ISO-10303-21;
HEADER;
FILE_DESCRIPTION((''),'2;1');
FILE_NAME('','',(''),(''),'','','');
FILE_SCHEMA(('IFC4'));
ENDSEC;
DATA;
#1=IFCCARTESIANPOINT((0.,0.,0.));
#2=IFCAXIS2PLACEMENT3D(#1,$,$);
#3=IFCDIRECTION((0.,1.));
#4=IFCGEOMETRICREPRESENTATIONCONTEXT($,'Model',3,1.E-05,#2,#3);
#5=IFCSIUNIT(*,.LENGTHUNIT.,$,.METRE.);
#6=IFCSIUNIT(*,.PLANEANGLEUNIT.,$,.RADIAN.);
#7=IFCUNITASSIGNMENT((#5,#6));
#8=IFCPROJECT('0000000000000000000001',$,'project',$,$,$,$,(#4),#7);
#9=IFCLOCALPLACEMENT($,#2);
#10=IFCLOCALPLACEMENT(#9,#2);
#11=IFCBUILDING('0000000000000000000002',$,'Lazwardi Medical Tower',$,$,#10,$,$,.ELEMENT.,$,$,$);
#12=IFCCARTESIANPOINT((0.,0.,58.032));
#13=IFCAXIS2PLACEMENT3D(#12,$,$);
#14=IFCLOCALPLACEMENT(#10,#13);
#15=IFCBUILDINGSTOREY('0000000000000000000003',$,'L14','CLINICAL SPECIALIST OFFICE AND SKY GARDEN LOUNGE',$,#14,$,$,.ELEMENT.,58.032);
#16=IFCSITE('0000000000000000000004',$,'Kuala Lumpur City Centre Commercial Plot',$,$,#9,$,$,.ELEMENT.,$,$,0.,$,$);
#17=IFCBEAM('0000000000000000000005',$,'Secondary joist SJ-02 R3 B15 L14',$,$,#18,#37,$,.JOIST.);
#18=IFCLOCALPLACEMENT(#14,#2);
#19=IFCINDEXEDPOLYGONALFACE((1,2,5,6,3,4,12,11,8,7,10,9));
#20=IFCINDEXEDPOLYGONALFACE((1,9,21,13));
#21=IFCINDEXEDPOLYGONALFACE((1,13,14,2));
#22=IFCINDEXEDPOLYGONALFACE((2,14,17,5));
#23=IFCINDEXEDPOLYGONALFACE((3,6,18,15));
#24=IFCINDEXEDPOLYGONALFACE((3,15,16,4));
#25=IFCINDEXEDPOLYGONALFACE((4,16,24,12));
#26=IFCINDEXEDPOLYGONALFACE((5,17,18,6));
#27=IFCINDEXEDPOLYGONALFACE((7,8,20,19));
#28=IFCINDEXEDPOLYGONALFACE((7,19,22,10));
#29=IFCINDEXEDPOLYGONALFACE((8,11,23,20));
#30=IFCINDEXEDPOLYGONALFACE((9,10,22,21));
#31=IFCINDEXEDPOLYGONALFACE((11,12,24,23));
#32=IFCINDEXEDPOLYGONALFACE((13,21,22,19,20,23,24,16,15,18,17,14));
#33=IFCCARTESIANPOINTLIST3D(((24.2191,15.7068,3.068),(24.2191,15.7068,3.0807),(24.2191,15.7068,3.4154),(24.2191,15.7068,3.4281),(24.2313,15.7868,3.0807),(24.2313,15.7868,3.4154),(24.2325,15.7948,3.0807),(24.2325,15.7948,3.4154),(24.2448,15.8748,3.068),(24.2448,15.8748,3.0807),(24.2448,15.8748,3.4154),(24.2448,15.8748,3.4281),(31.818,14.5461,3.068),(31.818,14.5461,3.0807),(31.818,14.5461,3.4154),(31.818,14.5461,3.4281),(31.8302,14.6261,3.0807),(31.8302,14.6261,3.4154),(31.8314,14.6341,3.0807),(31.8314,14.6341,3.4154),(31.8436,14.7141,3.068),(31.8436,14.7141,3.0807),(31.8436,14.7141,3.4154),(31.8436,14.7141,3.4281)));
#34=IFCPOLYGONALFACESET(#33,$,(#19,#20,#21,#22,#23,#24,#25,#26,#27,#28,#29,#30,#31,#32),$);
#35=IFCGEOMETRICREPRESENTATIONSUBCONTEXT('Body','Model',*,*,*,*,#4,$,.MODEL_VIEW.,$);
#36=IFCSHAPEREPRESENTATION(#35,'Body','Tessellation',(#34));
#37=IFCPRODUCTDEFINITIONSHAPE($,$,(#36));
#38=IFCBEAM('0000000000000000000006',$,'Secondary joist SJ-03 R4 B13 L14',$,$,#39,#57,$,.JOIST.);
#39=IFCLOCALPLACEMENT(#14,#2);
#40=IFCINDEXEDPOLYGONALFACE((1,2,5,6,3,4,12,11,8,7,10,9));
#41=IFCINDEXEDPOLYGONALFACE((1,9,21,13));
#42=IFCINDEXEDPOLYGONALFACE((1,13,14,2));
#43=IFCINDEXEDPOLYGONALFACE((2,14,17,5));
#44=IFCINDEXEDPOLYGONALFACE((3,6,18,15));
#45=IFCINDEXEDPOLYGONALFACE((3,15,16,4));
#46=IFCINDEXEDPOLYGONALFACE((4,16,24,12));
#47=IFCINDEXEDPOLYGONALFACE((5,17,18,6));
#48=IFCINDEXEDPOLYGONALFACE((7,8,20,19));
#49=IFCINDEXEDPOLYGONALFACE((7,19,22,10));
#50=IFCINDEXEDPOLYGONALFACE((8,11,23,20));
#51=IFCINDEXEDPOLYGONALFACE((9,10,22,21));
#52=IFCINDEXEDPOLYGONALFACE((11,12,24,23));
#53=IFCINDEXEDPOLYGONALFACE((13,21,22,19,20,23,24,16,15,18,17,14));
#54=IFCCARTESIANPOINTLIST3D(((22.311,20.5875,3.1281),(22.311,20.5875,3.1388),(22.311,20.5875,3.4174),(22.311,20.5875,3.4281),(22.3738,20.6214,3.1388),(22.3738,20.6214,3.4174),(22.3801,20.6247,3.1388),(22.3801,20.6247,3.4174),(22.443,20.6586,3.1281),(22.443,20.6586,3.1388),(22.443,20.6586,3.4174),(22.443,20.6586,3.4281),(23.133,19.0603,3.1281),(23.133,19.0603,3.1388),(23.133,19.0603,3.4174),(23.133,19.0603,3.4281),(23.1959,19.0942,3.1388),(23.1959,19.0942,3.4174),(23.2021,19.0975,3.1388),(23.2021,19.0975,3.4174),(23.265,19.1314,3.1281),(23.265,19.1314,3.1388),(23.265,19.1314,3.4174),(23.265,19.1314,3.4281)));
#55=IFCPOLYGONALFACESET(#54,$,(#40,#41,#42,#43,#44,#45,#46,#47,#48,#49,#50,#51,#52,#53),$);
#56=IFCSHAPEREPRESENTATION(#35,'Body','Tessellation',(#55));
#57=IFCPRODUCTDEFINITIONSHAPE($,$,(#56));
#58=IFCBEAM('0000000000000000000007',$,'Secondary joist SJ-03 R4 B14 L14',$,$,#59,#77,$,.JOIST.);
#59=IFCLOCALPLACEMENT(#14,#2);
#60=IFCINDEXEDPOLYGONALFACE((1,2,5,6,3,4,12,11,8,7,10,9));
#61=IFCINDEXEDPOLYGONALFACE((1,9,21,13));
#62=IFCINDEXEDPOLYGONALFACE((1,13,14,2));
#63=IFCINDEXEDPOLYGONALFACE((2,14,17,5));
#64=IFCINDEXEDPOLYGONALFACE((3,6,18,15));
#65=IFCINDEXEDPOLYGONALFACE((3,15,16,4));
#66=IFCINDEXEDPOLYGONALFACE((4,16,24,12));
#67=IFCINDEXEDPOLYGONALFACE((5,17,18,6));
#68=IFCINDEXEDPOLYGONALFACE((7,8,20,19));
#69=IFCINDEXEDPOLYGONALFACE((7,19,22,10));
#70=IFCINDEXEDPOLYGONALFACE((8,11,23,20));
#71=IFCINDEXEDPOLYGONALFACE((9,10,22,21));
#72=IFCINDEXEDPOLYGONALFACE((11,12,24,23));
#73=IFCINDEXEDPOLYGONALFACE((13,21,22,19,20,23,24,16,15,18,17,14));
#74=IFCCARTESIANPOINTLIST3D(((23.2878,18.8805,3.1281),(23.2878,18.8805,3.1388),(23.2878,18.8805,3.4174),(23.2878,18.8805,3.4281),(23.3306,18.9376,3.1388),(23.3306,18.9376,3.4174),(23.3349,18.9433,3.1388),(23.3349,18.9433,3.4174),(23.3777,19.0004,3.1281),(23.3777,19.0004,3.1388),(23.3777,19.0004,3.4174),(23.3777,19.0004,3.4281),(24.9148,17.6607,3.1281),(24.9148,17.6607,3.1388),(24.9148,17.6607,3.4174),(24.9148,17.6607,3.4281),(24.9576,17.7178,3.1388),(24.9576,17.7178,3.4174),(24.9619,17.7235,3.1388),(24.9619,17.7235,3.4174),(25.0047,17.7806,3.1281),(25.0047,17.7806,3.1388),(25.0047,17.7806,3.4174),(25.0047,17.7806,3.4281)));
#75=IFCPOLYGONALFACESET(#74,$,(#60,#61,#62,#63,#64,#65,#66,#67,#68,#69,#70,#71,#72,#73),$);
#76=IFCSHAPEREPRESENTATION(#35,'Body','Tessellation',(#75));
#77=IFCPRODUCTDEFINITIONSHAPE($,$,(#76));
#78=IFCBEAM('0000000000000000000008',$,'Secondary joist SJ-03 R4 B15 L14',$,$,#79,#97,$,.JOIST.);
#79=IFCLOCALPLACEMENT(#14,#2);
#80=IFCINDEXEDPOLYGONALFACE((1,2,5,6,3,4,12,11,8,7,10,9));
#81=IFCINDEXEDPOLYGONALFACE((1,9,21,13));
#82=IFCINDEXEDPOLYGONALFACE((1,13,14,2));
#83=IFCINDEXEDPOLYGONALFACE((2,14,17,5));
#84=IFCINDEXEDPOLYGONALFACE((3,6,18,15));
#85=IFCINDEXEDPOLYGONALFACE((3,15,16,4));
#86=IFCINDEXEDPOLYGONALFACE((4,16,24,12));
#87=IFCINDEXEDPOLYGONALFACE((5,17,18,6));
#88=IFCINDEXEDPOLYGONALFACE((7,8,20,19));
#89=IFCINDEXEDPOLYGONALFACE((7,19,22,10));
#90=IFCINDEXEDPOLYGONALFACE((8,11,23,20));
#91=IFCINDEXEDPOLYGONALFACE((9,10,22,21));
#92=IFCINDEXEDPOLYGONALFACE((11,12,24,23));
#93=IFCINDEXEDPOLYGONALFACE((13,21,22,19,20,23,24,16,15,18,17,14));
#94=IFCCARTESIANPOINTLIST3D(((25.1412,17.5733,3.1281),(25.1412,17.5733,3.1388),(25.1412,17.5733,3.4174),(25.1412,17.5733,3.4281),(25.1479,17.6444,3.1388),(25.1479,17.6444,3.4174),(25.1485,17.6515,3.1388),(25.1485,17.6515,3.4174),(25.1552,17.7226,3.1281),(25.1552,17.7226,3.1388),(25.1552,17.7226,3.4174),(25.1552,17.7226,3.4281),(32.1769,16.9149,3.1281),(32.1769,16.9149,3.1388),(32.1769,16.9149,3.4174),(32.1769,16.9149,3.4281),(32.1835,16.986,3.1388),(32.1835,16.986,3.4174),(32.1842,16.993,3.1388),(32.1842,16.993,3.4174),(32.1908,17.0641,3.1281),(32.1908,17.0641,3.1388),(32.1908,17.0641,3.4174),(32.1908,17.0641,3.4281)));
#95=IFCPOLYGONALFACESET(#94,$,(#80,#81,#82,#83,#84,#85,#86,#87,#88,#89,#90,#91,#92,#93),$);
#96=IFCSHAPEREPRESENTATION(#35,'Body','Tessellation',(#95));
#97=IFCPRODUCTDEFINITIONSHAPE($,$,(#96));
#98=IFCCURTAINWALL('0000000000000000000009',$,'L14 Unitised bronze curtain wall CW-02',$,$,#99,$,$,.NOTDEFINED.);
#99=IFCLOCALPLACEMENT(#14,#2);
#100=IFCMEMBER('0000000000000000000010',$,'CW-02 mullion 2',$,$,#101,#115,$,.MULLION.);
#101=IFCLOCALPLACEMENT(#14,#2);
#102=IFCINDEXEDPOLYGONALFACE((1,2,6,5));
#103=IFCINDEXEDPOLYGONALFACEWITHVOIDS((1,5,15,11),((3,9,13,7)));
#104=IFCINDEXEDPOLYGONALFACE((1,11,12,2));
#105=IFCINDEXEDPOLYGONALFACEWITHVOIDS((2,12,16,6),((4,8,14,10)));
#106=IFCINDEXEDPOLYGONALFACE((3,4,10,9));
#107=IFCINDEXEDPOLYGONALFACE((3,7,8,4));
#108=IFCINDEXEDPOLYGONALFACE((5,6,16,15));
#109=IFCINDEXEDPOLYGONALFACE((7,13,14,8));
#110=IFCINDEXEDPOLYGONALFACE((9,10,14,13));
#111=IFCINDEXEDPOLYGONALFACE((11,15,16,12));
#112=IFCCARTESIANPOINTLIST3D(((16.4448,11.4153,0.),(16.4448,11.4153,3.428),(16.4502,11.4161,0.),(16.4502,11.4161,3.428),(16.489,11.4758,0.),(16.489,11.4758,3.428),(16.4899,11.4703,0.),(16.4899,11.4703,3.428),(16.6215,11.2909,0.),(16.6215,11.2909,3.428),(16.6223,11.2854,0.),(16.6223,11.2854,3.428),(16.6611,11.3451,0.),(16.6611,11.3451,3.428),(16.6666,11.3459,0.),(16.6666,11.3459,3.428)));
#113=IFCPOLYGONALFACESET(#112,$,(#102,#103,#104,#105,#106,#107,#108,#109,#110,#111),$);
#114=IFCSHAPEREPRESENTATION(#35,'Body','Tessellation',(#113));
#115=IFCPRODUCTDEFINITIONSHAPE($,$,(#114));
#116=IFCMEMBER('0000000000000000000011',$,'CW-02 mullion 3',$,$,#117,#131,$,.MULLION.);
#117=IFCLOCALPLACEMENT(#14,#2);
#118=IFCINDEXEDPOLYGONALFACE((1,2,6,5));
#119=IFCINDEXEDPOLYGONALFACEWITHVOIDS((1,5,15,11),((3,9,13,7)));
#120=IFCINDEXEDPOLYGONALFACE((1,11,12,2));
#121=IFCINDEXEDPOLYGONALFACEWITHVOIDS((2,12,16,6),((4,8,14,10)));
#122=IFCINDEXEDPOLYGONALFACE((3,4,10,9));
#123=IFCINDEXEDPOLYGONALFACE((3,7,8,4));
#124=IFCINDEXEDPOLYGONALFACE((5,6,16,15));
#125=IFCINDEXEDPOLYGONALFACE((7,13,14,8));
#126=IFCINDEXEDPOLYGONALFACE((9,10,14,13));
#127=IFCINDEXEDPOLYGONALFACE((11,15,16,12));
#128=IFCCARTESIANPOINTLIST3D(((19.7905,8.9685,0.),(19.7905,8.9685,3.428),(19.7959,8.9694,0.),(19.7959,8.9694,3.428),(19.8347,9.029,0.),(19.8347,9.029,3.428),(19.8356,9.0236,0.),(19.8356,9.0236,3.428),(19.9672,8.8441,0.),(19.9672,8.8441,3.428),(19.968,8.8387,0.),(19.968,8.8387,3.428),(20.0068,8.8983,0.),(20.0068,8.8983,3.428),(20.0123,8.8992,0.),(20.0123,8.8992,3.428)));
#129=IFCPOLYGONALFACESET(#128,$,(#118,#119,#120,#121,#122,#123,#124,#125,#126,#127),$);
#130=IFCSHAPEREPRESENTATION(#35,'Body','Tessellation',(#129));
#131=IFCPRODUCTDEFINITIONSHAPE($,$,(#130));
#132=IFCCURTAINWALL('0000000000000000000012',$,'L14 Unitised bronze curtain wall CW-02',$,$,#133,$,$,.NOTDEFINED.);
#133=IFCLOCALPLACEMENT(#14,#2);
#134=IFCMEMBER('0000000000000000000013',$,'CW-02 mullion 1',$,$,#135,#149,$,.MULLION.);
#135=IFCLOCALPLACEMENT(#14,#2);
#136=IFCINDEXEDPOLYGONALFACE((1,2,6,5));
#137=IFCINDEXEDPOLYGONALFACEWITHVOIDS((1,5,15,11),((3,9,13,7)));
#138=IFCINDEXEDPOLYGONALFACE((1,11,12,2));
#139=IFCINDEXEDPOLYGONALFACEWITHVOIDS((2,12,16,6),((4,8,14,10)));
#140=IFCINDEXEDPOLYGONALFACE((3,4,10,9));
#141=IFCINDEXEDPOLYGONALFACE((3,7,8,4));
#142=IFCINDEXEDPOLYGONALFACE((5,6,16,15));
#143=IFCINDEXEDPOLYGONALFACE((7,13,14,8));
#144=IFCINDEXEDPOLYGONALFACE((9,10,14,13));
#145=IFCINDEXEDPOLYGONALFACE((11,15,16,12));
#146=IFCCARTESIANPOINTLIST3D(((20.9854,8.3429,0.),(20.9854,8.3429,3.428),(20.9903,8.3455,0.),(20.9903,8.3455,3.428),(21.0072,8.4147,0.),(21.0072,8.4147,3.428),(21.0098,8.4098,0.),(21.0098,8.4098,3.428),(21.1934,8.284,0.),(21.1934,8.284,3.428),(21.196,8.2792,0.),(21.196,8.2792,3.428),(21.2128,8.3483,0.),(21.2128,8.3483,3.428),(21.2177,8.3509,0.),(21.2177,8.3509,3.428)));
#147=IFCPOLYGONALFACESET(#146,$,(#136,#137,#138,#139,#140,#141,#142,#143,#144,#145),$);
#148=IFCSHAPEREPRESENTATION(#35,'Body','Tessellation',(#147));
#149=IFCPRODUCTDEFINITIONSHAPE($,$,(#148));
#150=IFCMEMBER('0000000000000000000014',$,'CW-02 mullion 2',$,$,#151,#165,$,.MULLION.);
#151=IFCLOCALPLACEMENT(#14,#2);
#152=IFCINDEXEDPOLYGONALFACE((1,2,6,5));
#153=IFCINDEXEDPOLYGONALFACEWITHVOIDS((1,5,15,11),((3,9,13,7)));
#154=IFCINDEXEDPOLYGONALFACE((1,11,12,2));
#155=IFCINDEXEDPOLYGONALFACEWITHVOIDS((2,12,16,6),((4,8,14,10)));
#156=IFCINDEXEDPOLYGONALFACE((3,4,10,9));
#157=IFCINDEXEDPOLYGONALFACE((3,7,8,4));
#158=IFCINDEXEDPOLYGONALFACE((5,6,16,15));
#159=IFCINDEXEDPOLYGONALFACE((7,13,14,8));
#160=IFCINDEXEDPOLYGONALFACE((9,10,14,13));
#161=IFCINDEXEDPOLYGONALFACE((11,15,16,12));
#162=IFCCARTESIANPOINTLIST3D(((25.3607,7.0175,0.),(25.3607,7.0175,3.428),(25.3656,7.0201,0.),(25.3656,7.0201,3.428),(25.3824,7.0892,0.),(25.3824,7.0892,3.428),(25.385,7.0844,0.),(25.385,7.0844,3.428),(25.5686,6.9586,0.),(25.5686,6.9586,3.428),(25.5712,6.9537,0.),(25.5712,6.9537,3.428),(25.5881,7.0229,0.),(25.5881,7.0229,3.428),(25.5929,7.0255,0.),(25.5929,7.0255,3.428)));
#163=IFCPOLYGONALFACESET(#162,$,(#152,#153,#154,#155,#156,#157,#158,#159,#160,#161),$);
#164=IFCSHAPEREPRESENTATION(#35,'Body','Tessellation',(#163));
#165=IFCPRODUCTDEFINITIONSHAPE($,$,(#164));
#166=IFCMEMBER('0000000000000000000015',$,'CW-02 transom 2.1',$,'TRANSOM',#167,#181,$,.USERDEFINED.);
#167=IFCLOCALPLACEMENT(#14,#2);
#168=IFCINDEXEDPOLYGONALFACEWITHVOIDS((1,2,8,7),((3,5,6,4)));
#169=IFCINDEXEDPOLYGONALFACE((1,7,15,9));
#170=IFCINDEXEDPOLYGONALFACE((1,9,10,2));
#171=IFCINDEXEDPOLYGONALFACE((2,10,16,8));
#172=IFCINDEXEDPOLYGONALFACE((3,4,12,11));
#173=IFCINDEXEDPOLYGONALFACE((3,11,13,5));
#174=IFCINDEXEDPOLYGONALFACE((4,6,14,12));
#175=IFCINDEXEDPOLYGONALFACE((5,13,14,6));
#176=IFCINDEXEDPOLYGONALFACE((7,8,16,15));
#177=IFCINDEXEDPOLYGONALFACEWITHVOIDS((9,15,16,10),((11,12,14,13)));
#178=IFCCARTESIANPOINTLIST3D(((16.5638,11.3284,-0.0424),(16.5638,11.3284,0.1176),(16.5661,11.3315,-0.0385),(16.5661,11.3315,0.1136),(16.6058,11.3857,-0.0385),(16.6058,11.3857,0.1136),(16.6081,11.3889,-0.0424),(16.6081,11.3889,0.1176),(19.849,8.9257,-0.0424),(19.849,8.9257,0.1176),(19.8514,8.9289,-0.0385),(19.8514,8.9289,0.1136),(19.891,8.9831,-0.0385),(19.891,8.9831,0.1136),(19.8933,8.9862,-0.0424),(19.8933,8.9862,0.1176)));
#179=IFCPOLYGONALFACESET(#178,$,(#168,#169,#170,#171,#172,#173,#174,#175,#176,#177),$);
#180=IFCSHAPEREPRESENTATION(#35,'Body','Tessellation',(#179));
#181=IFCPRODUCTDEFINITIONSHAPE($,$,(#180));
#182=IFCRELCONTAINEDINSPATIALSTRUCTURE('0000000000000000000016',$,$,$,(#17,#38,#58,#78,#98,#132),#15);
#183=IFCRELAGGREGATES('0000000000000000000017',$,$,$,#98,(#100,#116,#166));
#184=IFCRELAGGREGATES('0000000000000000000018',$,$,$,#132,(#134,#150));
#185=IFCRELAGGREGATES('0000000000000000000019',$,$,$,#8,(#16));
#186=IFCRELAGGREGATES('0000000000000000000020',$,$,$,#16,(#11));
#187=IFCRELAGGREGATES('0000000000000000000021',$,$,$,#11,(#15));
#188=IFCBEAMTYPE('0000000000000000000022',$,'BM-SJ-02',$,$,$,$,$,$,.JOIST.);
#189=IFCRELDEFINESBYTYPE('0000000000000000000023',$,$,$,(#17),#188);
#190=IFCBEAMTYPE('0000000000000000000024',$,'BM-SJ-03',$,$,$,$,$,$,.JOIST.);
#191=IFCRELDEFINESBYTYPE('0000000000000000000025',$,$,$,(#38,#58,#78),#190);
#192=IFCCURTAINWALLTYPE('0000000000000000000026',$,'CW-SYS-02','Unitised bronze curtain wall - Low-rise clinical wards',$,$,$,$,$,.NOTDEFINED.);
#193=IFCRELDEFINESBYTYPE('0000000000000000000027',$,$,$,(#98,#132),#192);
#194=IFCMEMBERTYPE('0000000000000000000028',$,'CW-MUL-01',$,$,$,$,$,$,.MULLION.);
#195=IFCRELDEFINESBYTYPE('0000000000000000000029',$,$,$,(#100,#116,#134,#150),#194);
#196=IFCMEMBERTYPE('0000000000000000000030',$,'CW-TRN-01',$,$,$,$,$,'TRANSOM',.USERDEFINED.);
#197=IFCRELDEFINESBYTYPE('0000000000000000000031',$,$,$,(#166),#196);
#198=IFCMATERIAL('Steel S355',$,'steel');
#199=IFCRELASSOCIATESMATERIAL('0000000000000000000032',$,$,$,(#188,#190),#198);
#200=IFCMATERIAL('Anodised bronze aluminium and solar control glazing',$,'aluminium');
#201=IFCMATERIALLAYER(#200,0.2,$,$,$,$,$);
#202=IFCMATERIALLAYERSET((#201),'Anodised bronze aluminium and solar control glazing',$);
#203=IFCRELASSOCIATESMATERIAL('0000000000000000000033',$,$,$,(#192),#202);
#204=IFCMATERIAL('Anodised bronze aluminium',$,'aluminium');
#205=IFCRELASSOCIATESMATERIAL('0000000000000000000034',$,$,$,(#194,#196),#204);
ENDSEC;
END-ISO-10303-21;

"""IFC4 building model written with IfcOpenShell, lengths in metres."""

from ifc_helpers import new_model, si_unit, direction, frame, origin, origin_2d, place, context, subcontext, project, spatial, hollow_rectangle, i_section, extrude, material, layer, layer_set, material_profile, profile_set, type_object, element, aggregate, save


model = new_model("IFC4")

# Units and contexts
model_context = context("Model", 3, precision=1e-05, world=origin(), true_north=direction((0.0, 1.0)))
body_context = subcontext(model_context, "Body", "Model", "MODEL_VIEW")
ifc_project = project(units=[si_unit("LENGTHUNIT", "METRE"), si_unit("PLANEANGLEUNIT", "RADIAN")], contexts=[model_context])

# Site, building, storey
site_placement = place(None, origin())
site = spatial("IfcSite", under=ifc_project, at=site_placement, Name="Kuala Lumpur City Centre Commercial Plot", CompositionType="ELEMENT", RefElevation=0.0)
building_placement = place(site_placement, origin())
building = spatial("IfcBuilding", under=site, at=building_placement, Name="Lazwardi Medical Tower", CompositionType="ELEMENT")
storey_placement = place(building_placement, frame((0.0, 0.0, 58.032)))
storey = spatial("IfcBuildingStorey", under=building, at=storey_placement, Name="L14", Description="CLINICAL SPECIALIST OFFICE AND SKY GARDEN LOUNGE", CompositionType="ELEMENT", Elevation=58.032)

# Beams
ifc_material_1 = material(Name="Steel S355", Category="steel")
ifc_material_profile_1 = material_profile(ifc_material_1, i_section(OverallWidth=0.1699, OverallDepth=0.3601, WebThickness=0.0081, FlangeThickness=0.0127, at=origin_2d()), Name="IPE 360")
ifc_profile_set_1 = profile_set([ifc_material_profile_1], Name="Steel S355")
beam_type_1 = type_object("IfcBeamType", Name="BM-SJ-02", PredefinedType="JOIST", material=ifc_profile_set_1)
beam_1_placement = place(storey_placement, frame((24.2319, 15.7908, 3.248), z_axis=(0.988536, -0.150988, 0.0), x_axis=(0.150988, 0.988536, 0.0)))
element("IfcBeam", 1, at=beam_1_placement, inside=storey, type_object=beam_type_1, Name="Secondary joist SJ-02 R3 B15 L14", PredefinedType="JOIST", context=body_context, shape_type="SweptSolid", body=[
    extrude(i_section(OverallWidth=0.1699, OverallDepth=0.3601, WebThickness=0.0081, FlangeThickness=0.0127, at=origin_2d()), origin(), (0.0, 0.0, 1.0), 7.687),
])
ifc_material_profile_2 = material_profile(ifc_material_1, i_section(OverallWidth=0.1499, OverallDepth=0.3, WebThickness=0.0071, FlangeThickness=0.0107, at=origin_2d()), Name="IPE 300")
ifc_profile_set_2 = profile_set([ifc_material_profile_2], Name="Steel S355")
beam_type_2 = type_object("IfcBeamType", Name="BM-SJ-03", PredefinedType="JOIST", material=ifc_profile_set_2)
beam_2_placement = place(storey_placement, frame((22.377, 20.623, 3.2781), z_axis=(0.473982, -0.880534, 0.0), x_axis=(0.880534, 0.473982, 0.0)))
element("IfcBeam", 2, at=beam_2_placement, inside=storey, type_object=beam_type_2, Name="Secondary joist SJ-03 R4 B13 L14", PredefinedType="JOIST", context=body_context, shape_type="SweptSolid", body=[
    extrude(i_section(OverallWidth=0.1499, OverallDepth=0.3, WebThickness=0.0071, FlangeThickness=0.0107, at=origin_2d()), origin(), (0.0, 0.0, 1.0), 1.7344),
])
beam_3_placement = place(storey_placement, frame((23.3328, 18.9404, 3.2781), z_axis=(0.800115, -0.599846, 0.0), x_axis=(0.599846, 0.800115, 0.0)))
element("IfcBeam", 3, at=beam_3_placement, inside=storey, type_object=beam_type_2, Name="Secondary joist SJ-03 R4 B14 L14", PredefinedType="JOIST", context=body_context, shape_type="SweptSolid", body=[
    extrude(i_section(OverallWidth=0.1499, OverallDepth=0.3, WebThickness=0.0071, FlangeThickness=0.0107, at=origin_2d()), origin(), (0.0, 0.0, 1.0), 2.0334),
])
beam_4_placement = place(storey_placement, frame((25.1482, 17.6479, 3.2781), z_axis=(0.995649, -0.09318, 0.0), x_axis=(0.09318, 0.995649, 0.0)))
element("IfcBeam", 4, at=beam_4_placement, inside=storey, type_object=beam_type_2, Name="Secondary joist SJ-03 R4 B15 L14", PredefinedType="JOIST", context=body_context, shape_type="SweptSolid", body=[
    extrude(i_section(OverallWidth=0.1499, OverallDepth=0.3, WebThickness=0.0071, FlangeThickness=0.0107, at=origin_2d()), origin(), (0.0, 0.0, 1.0), 7.0664),
])

# Curtain walls, members
ifc_material_2 = material(Name="Anodised bronze aluminium and solar control glazing", Category="aluminium")
ifc_layer_1 = layer(ifc_material_2, 0.2)
ifc_layer_set_1 = layer_set([ifc_layer_1], Name="Anodised bronze aluminium and solar control glazing")
curtain_wall_type = type_object("IfcCurtainWallType", Name="CW-SYS-02", Description="Unitised bronze curtain wall - Low-rise clinical wards", PredefinedType="NOTDEFINED", material=ifc_layer_set_1)
curtain_wall_1_placement = place(storey_placement, origin())
curtain_wall_1 = element("IfcCurtainWall", 5, at=curtain_wall_1_placement, inside=storey, type_object=curtain_wall_type, Name="L14 Unitised bronze curtain wall CW-02", PredefinedType="NOTDEFINED")
ifc_material_3 = material(Name="Anodised bronze aluminium", Category="aluminium")
ifc_material_profile_3 = material_profile(ifc_material_3, hollow_rectangle(XDim=0.075, YDim=0.22, WallThickness=0.0039, at=origin_2d()), Name="ALU-MULLION 220x75x4")
ifc_profile_set_3 = profile_set([ifc_material_profile_3], Name="Anodised bronze aluminium")
member_type_1 = type_object("IfcMemberType", Name="CW-MUL-01", PredefinedType="MULLION", material=ifc_profile_set_3)
member_1_placement = place(storey_placement, frame((16.5557, 11.3806, 0.0), z_axis=(0.0, 0.0, 1.0), x_axis=(0.590289, 0.807192, 0.0)))
member_1 = element("IfcMember", 6, at=member_1_placement, type_object=member_type_1, Name="CW-02 mullion 2", PredefinedType="MULLION", context=body_context, shape_type="SweptSolid", body=[
    extrude(hollow_rectangle(XDim=0.075, YDim=0.22, WallThickness=0.0039, at=origin_2d()), origin(), (0.0, 0.0, 1.0), 3.428),
])
member_2_placement = place(storey_placement, frame((19.9014, 8.9338, 0.0), z_axis=(0.0, 0.0, 1.0), x_axis=(0.590289, 0.807192, 0.0)))
member_2 = element("IfcMember", 7, at=member_2_placement, type_object=member_type_1, Name="CW-02 mullion 3", PredefinedType="MULLION", context=body_context, shape_type="SweptSolid", body=[
    extrude(hollow_rectangle(XDim=0.075, YDim=0.22, WallThickness=0.0039, at=origin_2d()), origin(), (0.0, 0.0, 1.0), 3.428),
])
curtain_wall_2_placement = place(storey_placement, origin())
curtain_wall_2 = element("IfcCurtainWall", 8, at=curtain_wall_2_placement, inside=storey, type_object=curtain_wall_type, Name="L14 Unitised bronze curtain wall CW-02", PredefinedType="NOTDEFINED")
member_3_placement = place(storey_placement, frame((21.1016, 8.3469, 0.0), z_axis=(0.0, 0.0, 1.0), x_axis=(0.289896, 0.957058, 0.0)))
member_3 = element("IfcMember", 9, at=member_3_placement, type_object=member_type_1, Name="CW-02 mullion 1", PredefinedType="MULLION", context=body_context, shape_type="SweptSolid", body=[
    extrude(hollow_rectangle(XDim=0.075, YDim=0.22, WallThickness=0.0039, at=origin_2d()), origin(), (0.0, 0.0, 1.0), 3.428),
])
member_4_placement = place(storey_placement, frame((25.4768, 7.0215, 0.0), z_axis=(0.0, 0.0, 1.0), x_axis=(0.289896, 0.957058, 0.0)))
member_4 = element("IfcMember", 10, at=member_4_placement, type_object=member_type_1, Name="CW-02 mullion 2", PredefinedType="MULLION", context=body_context, shape_type="SweptSolid", body=[
    extrude(hollow_rectangle(XDim=0.075, YDim=0.22, WallThickness=0.0039, at=origin_2d()), origin(), (0.0, 0.0, 1.0), 3.428),
])

# Member
ifc_material_profile_4 = material_profile(ifc_material_3, hollow_rectangle(XDim=0.075, YDim=0.1599, WallThickness=0.0039, at=origin_2d()), Name="ALU-TRANSOM 160x75x4")
ifc_profile_set_4 = profile_set([ifc_material_profile_4], Name="Anodised bronze aluminium")
member_type_2 = type_object("IfcMemberType", Name="CW-TRN-01", ElementType="TRANSOM", PredefinedType="USERDEFINED", material=ifc_profile_set_4)
member_5_placement = place(storey_placement, frame((16.5859, 11.3586, 0.0376), z_axis=(0.807169, -0.59032, 0.0), x_axis=(0.59032, 0.807169, 0.0)))
member_5 = element("IfcMember", 11, at=member_5_placement, type_object=member_type_2, Name="CW-02 transom 2.1", ObjectType="TRANSOM", PredefinedType="USERDEFINED", context=body_context, shape_type="SweptSolid", body=[
    extrude(hollow_rectangle(XDim=0.075, YDim=0.1599, WallThickness=0.0039, at=origin_2d()), origin(), (0.0, 0.0, 1.0), 4.0701),
])

aggregate(curtain_wall_1, [member_1, member_2, member_5])
aggregate(curtain_wall_2, [member_3, member_4])

save(model, "model.ifc")
